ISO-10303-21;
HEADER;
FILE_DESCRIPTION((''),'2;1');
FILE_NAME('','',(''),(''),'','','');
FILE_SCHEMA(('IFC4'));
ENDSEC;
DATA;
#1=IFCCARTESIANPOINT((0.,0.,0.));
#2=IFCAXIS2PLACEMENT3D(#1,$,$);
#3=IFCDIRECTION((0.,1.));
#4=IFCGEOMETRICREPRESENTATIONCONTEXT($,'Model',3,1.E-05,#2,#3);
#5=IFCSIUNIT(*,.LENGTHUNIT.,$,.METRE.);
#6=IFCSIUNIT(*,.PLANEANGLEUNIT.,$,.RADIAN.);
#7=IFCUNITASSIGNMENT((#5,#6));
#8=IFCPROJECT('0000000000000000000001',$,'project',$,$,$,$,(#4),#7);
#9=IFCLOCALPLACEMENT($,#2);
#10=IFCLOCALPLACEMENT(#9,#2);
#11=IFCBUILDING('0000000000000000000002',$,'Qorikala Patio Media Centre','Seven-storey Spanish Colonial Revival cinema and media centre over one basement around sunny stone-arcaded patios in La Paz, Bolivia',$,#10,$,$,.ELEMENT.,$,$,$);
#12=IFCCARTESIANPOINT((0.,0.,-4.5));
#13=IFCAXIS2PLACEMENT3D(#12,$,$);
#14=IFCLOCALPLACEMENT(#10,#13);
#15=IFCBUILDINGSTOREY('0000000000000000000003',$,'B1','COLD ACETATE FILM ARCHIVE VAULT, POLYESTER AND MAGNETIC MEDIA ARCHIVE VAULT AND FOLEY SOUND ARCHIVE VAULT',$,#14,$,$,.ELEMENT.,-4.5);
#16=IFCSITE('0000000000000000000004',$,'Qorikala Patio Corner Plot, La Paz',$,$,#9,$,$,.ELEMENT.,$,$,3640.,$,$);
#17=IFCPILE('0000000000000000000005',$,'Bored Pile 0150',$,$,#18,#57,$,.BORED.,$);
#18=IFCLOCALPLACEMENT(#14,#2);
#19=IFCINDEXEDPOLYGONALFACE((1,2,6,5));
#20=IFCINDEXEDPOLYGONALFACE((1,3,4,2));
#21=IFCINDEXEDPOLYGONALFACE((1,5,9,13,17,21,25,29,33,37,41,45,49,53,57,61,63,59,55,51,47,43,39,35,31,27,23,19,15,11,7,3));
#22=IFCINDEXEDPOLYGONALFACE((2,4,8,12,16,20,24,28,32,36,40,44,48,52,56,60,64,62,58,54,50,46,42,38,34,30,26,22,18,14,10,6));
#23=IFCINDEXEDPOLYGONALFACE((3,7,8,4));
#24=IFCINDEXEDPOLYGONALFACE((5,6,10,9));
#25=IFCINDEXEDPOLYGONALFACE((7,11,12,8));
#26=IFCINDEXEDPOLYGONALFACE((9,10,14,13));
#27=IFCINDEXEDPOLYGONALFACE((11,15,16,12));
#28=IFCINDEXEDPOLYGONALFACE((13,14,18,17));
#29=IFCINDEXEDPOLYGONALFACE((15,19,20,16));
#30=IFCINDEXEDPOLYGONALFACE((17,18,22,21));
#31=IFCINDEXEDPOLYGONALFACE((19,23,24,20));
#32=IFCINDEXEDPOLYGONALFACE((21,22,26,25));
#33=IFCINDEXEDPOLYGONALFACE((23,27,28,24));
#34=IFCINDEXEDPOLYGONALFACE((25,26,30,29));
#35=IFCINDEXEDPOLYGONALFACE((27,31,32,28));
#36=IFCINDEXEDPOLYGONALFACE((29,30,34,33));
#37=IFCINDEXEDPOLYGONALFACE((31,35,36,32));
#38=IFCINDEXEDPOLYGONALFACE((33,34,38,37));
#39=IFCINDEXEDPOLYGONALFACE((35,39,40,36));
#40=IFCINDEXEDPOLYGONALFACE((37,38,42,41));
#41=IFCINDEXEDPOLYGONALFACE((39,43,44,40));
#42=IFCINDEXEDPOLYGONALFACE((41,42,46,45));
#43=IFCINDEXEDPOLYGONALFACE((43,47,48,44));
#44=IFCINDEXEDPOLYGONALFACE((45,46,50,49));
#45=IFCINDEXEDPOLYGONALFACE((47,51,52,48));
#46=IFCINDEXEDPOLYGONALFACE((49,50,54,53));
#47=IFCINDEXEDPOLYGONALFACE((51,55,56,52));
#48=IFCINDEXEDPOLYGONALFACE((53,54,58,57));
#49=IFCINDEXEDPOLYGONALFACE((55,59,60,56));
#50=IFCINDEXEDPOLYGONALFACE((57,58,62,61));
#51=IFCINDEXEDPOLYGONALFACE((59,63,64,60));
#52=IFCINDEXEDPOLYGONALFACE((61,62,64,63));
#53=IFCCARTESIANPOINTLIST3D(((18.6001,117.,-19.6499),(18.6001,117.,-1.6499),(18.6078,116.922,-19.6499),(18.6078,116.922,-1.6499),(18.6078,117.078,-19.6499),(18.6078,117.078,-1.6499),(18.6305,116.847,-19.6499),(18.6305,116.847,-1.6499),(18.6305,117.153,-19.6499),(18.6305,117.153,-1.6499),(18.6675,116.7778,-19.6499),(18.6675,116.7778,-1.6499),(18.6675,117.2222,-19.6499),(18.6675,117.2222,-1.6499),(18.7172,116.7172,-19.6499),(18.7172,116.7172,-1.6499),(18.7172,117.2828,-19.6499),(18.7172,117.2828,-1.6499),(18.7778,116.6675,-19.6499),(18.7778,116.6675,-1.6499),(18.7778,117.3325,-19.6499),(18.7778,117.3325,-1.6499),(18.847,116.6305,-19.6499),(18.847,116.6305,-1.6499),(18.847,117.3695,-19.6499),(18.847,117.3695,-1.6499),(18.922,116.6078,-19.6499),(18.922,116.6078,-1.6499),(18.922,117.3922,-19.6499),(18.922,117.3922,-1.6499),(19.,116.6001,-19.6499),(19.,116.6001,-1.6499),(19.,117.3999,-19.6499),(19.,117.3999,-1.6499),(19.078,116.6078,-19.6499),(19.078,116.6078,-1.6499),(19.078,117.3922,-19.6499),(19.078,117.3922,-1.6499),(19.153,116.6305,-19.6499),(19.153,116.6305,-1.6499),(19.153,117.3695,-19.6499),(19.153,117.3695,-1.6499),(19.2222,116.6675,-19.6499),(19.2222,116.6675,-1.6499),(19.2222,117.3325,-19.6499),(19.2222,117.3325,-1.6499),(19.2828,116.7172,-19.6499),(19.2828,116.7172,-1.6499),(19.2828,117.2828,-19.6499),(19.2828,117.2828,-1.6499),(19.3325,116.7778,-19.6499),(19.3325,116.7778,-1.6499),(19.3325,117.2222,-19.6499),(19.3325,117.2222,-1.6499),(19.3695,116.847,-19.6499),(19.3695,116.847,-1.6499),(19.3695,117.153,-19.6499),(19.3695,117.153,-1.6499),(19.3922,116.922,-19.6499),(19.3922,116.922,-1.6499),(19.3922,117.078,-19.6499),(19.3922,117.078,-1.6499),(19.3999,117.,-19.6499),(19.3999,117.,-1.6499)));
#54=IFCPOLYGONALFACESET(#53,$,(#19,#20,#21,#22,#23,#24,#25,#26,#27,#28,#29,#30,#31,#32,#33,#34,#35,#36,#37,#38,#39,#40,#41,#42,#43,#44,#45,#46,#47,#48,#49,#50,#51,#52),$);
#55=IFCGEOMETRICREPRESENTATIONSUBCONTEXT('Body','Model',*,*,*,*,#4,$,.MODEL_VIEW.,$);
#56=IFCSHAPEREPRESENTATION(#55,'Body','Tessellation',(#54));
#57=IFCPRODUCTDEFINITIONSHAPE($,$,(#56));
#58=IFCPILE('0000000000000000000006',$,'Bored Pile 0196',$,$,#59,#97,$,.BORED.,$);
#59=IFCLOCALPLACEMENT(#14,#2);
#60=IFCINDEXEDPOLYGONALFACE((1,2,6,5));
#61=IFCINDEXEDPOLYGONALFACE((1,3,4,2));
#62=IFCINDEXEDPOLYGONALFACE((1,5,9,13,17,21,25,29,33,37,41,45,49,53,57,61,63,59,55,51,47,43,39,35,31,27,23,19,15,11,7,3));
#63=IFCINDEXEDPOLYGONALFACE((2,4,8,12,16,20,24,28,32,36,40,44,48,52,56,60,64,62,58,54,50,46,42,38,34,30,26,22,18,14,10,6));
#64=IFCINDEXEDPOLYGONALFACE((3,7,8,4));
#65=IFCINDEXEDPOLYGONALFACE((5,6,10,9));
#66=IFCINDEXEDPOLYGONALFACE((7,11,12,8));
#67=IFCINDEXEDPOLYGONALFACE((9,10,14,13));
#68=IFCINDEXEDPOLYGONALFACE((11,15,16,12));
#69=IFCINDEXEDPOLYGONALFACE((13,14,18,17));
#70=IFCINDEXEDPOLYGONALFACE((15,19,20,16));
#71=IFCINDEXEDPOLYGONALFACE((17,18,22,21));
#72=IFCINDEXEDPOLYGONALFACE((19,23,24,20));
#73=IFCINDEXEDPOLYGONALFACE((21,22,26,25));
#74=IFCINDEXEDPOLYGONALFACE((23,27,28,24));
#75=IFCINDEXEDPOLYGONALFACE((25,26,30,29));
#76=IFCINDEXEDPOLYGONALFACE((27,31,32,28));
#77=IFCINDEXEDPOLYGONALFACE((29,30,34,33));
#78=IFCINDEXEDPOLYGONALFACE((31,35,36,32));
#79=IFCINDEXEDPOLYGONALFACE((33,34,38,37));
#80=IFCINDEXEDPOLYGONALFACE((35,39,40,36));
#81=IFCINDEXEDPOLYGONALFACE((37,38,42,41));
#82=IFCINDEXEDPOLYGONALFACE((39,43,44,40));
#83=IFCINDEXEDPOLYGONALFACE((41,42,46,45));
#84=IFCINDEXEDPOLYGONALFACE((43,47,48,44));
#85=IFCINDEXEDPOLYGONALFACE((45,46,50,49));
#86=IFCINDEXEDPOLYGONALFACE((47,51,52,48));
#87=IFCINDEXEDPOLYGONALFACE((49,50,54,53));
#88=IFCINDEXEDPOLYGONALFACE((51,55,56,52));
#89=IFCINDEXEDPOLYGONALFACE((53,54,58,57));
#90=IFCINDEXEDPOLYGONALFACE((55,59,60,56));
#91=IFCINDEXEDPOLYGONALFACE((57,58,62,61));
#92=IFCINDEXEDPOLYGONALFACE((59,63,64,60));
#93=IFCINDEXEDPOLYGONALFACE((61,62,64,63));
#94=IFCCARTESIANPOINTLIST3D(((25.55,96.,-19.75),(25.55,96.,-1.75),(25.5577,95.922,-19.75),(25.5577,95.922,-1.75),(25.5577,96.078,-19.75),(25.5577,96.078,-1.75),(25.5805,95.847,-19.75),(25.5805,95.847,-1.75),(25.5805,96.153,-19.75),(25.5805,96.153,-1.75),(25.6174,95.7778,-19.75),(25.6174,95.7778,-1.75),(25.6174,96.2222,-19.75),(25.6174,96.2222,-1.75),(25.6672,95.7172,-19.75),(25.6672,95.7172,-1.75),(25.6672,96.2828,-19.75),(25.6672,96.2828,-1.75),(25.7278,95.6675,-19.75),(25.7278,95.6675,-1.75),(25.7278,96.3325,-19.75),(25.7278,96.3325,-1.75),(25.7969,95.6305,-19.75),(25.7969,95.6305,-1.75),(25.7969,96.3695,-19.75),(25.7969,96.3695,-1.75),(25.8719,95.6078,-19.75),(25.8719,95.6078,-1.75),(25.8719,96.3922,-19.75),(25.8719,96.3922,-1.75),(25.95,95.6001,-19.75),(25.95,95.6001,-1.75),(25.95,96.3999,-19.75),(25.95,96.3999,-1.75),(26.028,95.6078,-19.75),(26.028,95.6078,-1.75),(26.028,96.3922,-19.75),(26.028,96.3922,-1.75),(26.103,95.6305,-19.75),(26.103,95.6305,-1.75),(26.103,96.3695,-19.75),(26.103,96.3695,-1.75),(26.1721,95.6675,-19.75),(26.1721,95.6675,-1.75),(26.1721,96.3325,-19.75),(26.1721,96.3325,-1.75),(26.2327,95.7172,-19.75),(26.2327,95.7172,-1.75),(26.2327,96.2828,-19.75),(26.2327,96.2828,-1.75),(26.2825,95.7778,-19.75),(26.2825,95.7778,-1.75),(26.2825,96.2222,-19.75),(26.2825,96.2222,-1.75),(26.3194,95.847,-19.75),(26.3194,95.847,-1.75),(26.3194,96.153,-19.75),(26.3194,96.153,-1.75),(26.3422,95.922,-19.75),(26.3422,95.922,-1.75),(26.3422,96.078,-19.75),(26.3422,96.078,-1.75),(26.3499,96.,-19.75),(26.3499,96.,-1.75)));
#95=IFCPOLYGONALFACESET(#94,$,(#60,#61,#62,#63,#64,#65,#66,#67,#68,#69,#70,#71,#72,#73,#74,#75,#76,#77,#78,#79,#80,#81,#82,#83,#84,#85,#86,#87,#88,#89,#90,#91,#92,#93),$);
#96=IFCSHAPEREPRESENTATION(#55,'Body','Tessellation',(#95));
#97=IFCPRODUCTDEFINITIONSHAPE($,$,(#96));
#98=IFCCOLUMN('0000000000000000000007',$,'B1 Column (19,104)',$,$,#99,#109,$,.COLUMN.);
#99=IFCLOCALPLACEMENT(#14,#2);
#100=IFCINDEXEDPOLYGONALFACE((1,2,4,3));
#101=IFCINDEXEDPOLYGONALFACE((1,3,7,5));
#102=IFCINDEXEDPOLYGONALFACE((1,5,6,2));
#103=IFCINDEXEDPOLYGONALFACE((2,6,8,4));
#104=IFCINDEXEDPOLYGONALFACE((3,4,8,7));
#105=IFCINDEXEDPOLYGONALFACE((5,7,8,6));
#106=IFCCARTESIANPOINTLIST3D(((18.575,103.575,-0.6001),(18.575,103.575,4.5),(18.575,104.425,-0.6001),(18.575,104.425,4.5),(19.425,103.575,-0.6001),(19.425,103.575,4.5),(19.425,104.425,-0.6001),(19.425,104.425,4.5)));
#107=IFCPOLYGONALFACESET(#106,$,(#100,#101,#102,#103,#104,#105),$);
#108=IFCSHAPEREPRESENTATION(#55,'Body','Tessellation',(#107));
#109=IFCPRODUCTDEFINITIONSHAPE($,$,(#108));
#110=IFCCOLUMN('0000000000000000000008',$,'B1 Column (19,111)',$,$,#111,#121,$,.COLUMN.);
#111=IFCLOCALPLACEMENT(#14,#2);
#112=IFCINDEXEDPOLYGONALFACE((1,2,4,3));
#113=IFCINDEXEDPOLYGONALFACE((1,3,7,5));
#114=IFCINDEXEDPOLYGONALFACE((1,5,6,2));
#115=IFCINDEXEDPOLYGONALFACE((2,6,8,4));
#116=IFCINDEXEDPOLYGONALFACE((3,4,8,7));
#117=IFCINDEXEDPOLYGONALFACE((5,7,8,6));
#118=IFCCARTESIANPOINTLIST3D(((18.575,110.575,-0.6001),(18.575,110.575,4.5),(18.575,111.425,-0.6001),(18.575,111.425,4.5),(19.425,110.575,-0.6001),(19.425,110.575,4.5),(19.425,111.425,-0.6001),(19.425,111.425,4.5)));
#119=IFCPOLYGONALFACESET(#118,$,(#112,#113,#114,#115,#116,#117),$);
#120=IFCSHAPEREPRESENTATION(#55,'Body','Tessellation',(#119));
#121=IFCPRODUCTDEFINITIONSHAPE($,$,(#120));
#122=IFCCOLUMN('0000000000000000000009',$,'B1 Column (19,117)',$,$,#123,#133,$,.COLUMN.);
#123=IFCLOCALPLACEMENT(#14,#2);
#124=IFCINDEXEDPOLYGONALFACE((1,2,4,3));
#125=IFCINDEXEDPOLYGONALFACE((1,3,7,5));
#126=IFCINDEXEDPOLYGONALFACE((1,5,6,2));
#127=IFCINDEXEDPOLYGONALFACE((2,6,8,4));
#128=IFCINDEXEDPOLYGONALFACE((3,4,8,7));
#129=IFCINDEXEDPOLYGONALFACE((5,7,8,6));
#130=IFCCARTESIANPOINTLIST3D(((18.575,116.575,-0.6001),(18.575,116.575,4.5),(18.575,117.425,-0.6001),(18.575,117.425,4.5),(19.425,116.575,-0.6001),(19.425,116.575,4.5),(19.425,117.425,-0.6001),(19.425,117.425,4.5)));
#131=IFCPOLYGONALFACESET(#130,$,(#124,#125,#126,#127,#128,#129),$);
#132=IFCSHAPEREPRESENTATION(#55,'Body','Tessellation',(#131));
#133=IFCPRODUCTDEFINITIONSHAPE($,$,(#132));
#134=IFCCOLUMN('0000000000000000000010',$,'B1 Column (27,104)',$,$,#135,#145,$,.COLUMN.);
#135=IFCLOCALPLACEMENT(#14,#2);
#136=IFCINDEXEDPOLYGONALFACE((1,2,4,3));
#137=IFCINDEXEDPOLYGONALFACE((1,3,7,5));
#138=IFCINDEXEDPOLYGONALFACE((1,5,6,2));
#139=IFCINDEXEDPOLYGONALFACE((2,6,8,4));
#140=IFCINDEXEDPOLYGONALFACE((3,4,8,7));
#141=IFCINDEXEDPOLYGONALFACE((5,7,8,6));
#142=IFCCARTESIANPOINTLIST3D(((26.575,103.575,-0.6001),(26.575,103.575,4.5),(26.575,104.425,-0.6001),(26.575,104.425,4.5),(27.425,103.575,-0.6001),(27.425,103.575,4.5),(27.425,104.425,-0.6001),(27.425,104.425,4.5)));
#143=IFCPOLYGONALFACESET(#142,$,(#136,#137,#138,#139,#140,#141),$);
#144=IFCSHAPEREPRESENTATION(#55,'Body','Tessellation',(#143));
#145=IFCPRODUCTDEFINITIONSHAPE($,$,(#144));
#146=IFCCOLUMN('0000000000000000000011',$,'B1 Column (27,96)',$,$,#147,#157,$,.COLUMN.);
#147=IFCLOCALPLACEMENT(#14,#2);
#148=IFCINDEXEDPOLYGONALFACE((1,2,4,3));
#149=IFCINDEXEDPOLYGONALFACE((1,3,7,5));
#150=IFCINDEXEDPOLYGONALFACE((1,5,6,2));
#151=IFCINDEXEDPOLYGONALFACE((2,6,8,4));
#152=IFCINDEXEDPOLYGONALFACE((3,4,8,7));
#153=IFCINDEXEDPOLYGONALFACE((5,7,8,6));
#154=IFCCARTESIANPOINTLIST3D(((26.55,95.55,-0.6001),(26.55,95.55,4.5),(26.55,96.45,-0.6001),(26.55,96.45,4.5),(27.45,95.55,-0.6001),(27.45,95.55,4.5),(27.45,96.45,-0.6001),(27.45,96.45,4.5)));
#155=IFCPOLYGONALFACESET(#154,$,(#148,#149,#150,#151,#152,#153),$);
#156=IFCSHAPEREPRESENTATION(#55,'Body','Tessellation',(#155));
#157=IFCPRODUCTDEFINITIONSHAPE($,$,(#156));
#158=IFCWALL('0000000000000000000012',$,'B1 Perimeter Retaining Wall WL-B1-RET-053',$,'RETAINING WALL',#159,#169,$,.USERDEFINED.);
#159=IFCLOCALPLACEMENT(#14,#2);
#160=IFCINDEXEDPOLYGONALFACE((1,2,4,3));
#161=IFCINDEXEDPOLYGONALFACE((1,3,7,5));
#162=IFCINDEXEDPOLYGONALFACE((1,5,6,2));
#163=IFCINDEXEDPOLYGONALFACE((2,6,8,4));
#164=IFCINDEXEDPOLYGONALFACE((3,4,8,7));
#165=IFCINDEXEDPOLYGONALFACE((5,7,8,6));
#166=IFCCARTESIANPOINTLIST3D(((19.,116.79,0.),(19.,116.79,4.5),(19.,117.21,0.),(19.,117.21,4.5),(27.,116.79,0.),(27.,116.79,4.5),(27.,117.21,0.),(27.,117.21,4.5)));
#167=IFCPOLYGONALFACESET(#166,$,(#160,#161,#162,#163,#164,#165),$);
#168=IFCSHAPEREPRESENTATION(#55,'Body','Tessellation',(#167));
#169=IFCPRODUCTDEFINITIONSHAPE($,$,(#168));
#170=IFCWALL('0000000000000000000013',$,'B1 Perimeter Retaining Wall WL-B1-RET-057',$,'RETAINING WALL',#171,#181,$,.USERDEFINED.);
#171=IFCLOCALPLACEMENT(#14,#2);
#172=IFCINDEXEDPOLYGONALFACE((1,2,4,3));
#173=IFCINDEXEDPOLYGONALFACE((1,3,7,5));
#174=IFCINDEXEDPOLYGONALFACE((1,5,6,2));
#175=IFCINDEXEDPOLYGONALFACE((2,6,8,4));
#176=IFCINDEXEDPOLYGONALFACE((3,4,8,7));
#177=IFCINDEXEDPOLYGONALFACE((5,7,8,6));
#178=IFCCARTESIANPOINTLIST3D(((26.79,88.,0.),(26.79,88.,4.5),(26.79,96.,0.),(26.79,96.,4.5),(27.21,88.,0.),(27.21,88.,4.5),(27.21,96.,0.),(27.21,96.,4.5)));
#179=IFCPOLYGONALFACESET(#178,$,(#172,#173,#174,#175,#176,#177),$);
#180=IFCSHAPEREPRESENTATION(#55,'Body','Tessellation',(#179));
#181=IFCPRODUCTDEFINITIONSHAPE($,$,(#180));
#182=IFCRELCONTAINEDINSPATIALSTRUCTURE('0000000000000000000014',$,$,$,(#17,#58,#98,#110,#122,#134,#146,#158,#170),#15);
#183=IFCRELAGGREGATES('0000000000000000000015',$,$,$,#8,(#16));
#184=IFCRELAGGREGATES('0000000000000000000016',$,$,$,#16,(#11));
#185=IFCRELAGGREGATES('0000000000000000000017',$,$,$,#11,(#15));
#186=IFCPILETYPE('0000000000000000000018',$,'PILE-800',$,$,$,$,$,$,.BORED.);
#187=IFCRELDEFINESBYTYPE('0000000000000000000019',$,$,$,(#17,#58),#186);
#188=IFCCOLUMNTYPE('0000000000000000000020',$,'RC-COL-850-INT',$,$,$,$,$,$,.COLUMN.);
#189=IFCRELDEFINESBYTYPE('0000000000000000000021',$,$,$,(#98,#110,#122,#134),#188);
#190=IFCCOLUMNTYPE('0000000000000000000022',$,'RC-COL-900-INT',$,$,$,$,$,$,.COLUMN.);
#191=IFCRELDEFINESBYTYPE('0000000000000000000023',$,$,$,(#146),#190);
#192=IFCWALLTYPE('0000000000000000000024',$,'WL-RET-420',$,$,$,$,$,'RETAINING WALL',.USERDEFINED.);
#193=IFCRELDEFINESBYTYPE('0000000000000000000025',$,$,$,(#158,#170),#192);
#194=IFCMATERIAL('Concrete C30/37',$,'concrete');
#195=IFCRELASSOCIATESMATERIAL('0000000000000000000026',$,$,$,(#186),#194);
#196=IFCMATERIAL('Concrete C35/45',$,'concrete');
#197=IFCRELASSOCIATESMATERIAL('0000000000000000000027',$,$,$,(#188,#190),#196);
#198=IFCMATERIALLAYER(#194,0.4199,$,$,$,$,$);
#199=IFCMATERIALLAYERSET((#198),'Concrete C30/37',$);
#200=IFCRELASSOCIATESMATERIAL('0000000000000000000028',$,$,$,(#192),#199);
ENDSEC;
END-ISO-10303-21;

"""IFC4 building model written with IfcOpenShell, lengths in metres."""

from ifc_helpers import new_model, si_unit, direction, frame, frame_2d, origin, origin_2d, place, context, subcontext, project, spatial, rectangle, circle, extrude, material, layer, layer_set, material_profile, profile_set, type_object, element, save


model = new_model("IFC4")

# Units and contexts
model_context = context("Model", 3, precision=1e-05, world=origin(), true_north=direction((0.0, 1.0)))
body_context = subcontext(model_context, "Body", "Model", "MODEL_VIEW")
ifc_project = project(units=[si_unit("LENGTHUNIT", "METRE"), si_unit("PLANEANGLEUNIT", "RADIAN")], contexts=[model_context])

# Site, building, storey
site_placement = place(None, origin())
site = spatial("IfcSite", under=ifc_project, at=site_placement, Name="Qorikala Patio Corner Plot, La Paz", CompositionType="ELEMENT", RefElevation=3640.0)
building_placement = place(site_placement, origin())
building = spatial("IfcBuilding", under=site, at=building_placement, Name="Qorikala Patio Media Centre", Description="Seven-storey Spanish Colonial Revival cinema and media centre over one basement around sunny stone-arcaded patios in La Paz, Bolivia", CompositionType="ELEMENT")
storey_placement = place(building_placement, frame((0.0, 0.0, -4.5)))
storey = spatial("IfcBuildingStorey", under=building, at=storey_placement, Name="B1", Description="COLD ACETATE FILM ARCHIVE VAULT, POLYESTER AND MAGNETIC MEDIA ARCHIVE VAULT AND FOLEY SOUND ARCHIVE VAULT", CompositionType="ELEMENT", Elevation=-4.5)

# Shared definitions
ifc_material_1 = material(Name="Concrete C30/37", Category="concrete")

# Piles
ifc_material_profile_1 = material_profile(ifc_material_1, circle(Radius=0.3999, at=origin_2d()), Name="BORED PILE 800")
ifc_profile_set_1 = profile_set([ifc_material_profile_1], Name="Concrete C30/37")
pile_type_1 = type_object("IfcPileType", Name="PILE-800", PredefinedType="BORED", material=ifc_profile_set_1)
for number, where, z_axis, x_axis, name in (
    (1, (19.0, 117.0, -1.6499), (0.0, 0.0, -1.0), (1.0, 0.0, 0.0), "Bored Pile 0150"),
    (2, (25.95, 96.0, -1.75), (0.0, 0.0, -1.0), (1.0, 0.0, 0.0), "Bored Pile 0196"),
):
    element("IfcPile", number, at=place(storey_placement, frame(where, z_axis=z_axis, x_axis=x_axis)), inside=storey, type_object=pile_type_1, Name=name, PredefinedType="BORED", context=body_context, shape_type="SweptSolid", body=[
        extrude(circle(Radius=0.3999, at=origin_2d()), origin(), (0.0, 0.0, 1.0), 18.0),
    ])

# Columns
ifc_material_2 = material(Name="Concrete C35/45", Category="concrete")
ifc_material_profile_2 = material_profile(ifc_material_2, rectangle(XDim=0.8501, YDim=0.8501, at=origin_2d()), Name="RC 850x850")
ifc_profile_set_2 = profile_set([ifc_material_profile_2], Name="Concrete C35/45")
column_type_1 = type_object("IfcColumnType", Name="RC-COL-850-INT", PredefinedType="COLUMN", material=ifc_profile_set_2)
for number, where, z_axis, x_axis, name in (
    (3, (19.0, 104.0, -0.6001), (0.0, 0.0, 1.0), (1.0, 0.0, 0.0), "B1 Column (19,104)"),
    (4, (19.0, 111.0, -0.6001), (0.0, 0.0, 1.0), (1.0, 0.0, 0.0), "B1 Column (19,111)"),
    (5, (19.0, 117.0, -0.6001), (0.0, 0.0, 1.0), (1.0, 0.0, 0.0), "B1 Column (19,117)"),
    (6, (27.0, 104.0, -0.6001), (0.0, 0.0, 1.0), (1.0, 0.0, 0.0), "B1 Column (27,104)"),
):
    element("IfcColumn", number, at=place(storey_placement, frame(where, z_axis=z_axis, x_axis=x_axis)), inside=storey, type_object=column_type_1, Name=name, PredefinedType="COLUMN", context=body_context, shape_type="SweptSolid", body=[
        extrude(rectangle(XDim=0.8501, YDim=0.8501, at=origin_2d()), origin(), (0.0, 0.0, 1.0), 5.1001),
    ])
ifc_material_profile_3 = material_profile(ifc_material_2, rectangle(XDim=0.8999, YDim=0.8999, at=origin_2d()), Name="RC 900x900")
ifc_profile_set_3 = profile_set([ifc_material_profile_3], Name="Concrete C35/45")
column_type_2 = type_object("IfcColumnType", Name="RC-COL-900-INT", PredefinedType="COLUMN", material=ifc_profile_set_3)
column_placement = place(storey_placement, frame((27.0, 96.0, -0.6001), z_axis=(0.0, 0.0, 1.0), x_axis=(1.0, 0.0, 0.0)))
element("IfcColumn", 7, at=column_placement, inside=storey, type_object=column_type_2, Name="B1 Column (27,96)", PredefinedType="COLUMN", context=body_context, shape_type="SweptSolid", body=[
    extrude(rectangle(XDim=0.8999, YDim=0.8999, at=origin_2d()), origin(), (0.0, 0.0, 1.0), 5.1001),
])

# Walls
ifc_layer_1 = layer(ifc_material_1, 0.4199)
ifc_layer_set_1 = layer_set([ifc_layer_1], Name="Concrete C30/37")
wall_type = type_object("IfcWallType", Name="WL-RET-420", ElementType="RETAINING WALL", PredefinedType="USERDEFINED", material=ifc_layer_set_1)
for number, where, z_axis, x_axis, name in (
    (8, (19.0, 117.0, 0.0), (0.0, 0.0, 1.0), (1.0, 0.0, 0.0), "B1 Perimeter Retaining Wall WL-B1-RET-053"),
    (9, (27.0, 96.0, 0.0), (0.0, 0.0, 1.0), (0.0, -1.0, 0.0), "B1 Perimeter Retaining Wall WL-B1-RET-057"),
):
    element("IfcWall", number, at=place(storey_placement, frame(where, z_axis=z_axis, x_axis=x_axis)), inside=storey, type_object=wall_type, Name=name, ObjectType="RETAINING WALL", PredefinedType="USERDEFINED", context=body_context, shape_type="SweptSolid", body=[
        extrude(rectangle(XDim=8.0, YDim=0.4199, at=frame_2d((4.0, 0.0))), origin(), (0.0, 0.0, 1.0), 4.5),
    ])

save(model, "model.ifc")
